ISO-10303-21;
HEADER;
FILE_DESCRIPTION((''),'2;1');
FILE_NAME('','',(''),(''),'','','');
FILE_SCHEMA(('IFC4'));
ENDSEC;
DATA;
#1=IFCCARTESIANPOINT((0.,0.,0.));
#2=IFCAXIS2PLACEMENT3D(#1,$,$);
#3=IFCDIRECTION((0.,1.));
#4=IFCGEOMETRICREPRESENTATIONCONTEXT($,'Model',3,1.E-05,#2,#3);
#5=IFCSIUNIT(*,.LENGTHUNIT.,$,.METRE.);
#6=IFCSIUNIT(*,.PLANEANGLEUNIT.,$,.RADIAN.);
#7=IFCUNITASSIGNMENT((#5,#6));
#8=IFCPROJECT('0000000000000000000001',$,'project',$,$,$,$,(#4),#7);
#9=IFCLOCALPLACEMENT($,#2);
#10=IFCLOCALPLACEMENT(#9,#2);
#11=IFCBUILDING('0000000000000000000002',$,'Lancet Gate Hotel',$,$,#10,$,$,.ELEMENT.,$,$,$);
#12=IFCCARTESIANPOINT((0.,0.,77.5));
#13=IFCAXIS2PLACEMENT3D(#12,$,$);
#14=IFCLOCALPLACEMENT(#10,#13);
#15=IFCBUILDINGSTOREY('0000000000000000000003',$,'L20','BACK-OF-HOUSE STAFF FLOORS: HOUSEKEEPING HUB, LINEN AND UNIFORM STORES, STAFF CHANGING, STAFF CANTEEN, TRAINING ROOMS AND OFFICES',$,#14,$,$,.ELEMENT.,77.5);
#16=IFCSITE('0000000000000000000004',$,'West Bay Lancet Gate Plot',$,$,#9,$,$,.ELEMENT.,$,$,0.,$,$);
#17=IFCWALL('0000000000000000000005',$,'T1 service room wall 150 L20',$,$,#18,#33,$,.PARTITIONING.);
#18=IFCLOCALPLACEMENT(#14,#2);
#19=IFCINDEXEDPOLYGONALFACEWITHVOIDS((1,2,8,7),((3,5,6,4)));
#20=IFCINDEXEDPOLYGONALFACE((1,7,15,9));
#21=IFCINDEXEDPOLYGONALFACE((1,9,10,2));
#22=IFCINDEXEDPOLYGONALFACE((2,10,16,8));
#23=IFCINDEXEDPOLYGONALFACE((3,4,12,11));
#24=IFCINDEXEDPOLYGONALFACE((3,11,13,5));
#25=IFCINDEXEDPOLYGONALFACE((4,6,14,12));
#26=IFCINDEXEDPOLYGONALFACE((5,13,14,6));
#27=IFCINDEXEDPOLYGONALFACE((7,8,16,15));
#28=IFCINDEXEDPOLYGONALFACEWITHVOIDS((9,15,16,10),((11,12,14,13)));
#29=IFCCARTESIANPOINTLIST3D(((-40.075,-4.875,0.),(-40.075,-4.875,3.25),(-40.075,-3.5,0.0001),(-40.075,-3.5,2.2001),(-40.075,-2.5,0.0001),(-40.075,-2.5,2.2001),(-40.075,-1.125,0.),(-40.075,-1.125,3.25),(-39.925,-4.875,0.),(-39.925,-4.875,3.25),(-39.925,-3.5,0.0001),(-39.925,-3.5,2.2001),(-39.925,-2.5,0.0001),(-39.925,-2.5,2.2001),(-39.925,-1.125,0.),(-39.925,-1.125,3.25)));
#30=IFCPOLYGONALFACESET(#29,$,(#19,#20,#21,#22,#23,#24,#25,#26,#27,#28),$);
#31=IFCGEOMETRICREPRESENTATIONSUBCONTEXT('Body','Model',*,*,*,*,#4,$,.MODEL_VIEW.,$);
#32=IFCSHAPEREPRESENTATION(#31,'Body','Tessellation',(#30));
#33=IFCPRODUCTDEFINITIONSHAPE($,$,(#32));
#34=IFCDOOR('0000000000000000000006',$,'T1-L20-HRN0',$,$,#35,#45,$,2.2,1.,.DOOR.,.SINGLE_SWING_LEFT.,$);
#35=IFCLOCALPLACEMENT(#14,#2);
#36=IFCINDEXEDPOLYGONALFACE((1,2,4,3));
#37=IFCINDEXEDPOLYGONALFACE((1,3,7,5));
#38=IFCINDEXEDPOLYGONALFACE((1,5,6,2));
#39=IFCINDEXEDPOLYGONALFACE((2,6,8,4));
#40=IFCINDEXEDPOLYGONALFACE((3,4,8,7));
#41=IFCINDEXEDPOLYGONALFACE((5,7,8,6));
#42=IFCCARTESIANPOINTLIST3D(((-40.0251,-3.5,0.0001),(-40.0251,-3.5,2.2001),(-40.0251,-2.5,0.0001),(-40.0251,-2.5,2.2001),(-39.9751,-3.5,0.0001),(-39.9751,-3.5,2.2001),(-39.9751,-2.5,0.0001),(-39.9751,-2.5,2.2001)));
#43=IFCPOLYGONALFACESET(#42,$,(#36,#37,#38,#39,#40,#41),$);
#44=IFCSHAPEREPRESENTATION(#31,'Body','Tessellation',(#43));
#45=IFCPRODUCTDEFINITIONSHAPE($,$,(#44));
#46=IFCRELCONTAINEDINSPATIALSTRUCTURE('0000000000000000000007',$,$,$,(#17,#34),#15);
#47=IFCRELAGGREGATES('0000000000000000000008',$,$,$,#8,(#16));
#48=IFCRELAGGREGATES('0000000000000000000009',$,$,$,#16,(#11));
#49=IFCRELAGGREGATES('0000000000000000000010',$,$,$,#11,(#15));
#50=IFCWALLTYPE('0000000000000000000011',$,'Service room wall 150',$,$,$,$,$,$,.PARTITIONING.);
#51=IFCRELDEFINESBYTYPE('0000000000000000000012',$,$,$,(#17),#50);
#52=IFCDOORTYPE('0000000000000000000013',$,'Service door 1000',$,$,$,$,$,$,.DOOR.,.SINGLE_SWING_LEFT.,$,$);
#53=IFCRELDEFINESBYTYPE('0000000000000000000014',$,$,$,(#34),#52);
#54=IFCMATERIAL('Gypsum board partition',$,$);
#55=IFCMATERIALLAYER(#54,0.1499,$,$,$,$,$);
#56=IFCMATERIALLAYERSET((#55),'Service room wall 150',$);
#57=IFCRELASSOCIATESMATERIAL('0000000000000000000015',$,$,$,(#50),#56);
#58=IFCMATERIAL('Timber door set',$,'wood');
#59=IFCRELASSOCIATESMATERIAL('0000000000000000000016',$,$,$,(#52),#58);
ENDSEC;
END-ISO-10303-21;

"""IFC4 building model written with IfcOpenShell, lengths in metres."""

from ifc_helpers import new_model, si_unit, direction, frame, frame_2d, origin, place, context, subcontext, project, spatial, rectangle, extrude, material, layer, layer_set, type_object, element, fill, save


model = new_model("IFC4")

# Units and contexts
model_context = context("Model", 3, precision=1e-05, world=origin(), true_north=direction((0.0, 1.0)))
body_context = subcontext(model_context, "Body", "Model", "MODEL_VIEW")
ifc_project = project(units=[si_unit("LENGTHUNIT", "METRE"), si_unit("PLANEANGLEUNIT", "RADIAN")], contexts=[model_context])

# Site, building, storey
site_placement = place(None, origin())
site = spatial("IfcSite", under=ifc_project, at=site_placement, Name="West Bay Lancet Gate Plot", CompositionType="ELEMENT", RefElevation=0.0)
building_placement = place(site_placement, origin())
building = spatial("IfcBuilding", under=site, at=building_placement, Name="Lancet Gate Hotel", CompositionType="ELEMENT")
storey_placement = place(building_placement, frame((0.0, 0.0, 77.5)))
storey = spatial("IfcBuildingStorey", under=building, at=storey_placement, Name="L20", Description="BACK-OF-HOUSE STAFF FLOORS: HOUSEKEEPING HUB, LINEN AND UNIFORM STORES, STAFF CHANGING, STAFF CANTEEN, TRAINING ROOMS AND OFFICES", CompositionType="ELEMENT", Elevation=77.5)

# Wall, opening, door
ifc_material_1 = material(Name="Gypsum board partition")
ifc_layer_1 = layer(ifc_material_1, 0.1499)
ifc_layer_set_1 = layer_set([ifc_layer_1], Name="Service room wall 150")
wall_type_1 = type_object("IfcWallType", Name="Service room wall 150", PredefinedType="PARTITIONING", material=ifc_layer_set_1)
wall_1_placement = place(storey_placement, frame((-40.0, -1.125, 0.0), z_axis=(0.0, 0.0, 1.0), x_axis=(0.0, -1.0, 0.0)))
wall_1 = element("IfcWall", 1, at=wall_1_placement, inside=storey, type_object=wall_type_1, Name="T1 service room wall 150 L20", PredefinedType="PARTITIONING", context=body_context, shape_type="SweptSolid", body=[
    extrude(rectangle(XDim=3.75, YDim=0.1499, at=frame_2d((1.875, 0.0))), origin(), (0.0, 0.0, 1.0), 3.25),
])
opening_1_placement = place(wall_1_placement, frame((1.375, 0.0, 0.0)))
opening_1 = element("IfcOpeningElement", 2, at=opening_1_placement, cuts=wall_1, PredefinedType="OPENING", context=body_context, shape_type="SweptSolid", body=[
    extrude(rectangle(XDim=1.0, YDim=2.2, at=frame_2d((0.5, 1.1001))), frame((0.0, 0.085, 0.0), z_axis=(0.0, -1.0, 0.0), x_axis=(1.0, 0.0, 0.0)), (0.0, 0.0, 1.0), 0.1699),
])
ifc_material_2 = material(Name="Timber door set", Category="wood")
door_type = type_object("IfcDoorType", Name="Service door 1000", OperationType="SINGLE_SWING_LEFT", PredefinedType="DOOR", material=ifc_material_2)
door_placement = place(opening_1_placement, origin())
door = element("IfcDoor", 3, at=door_placement, inside=storey, type_object=door_type, Name="T1-L20-HRN0", OperationType="SINGLE_SWING_LEFT", OverallHeight=2.2, OverallWidth=1.0, PredefinedType="DOOR", context=body_context, shape_type="SweptSolid", body=[
    extrude(rectangle(XDim=1.0, YDim=2.2, at=frame_2d((0.5, 1.1001))), frame((0.0, 0.0249, 0.0), z_axis=(0.0, -1.0, 0.0), x_axis=(1.0, 0.0, 0.0)), (0.0, 0.0, 1.0), 0.05),
])
fill(opening_1, door)

save(model, "model.ifc")
